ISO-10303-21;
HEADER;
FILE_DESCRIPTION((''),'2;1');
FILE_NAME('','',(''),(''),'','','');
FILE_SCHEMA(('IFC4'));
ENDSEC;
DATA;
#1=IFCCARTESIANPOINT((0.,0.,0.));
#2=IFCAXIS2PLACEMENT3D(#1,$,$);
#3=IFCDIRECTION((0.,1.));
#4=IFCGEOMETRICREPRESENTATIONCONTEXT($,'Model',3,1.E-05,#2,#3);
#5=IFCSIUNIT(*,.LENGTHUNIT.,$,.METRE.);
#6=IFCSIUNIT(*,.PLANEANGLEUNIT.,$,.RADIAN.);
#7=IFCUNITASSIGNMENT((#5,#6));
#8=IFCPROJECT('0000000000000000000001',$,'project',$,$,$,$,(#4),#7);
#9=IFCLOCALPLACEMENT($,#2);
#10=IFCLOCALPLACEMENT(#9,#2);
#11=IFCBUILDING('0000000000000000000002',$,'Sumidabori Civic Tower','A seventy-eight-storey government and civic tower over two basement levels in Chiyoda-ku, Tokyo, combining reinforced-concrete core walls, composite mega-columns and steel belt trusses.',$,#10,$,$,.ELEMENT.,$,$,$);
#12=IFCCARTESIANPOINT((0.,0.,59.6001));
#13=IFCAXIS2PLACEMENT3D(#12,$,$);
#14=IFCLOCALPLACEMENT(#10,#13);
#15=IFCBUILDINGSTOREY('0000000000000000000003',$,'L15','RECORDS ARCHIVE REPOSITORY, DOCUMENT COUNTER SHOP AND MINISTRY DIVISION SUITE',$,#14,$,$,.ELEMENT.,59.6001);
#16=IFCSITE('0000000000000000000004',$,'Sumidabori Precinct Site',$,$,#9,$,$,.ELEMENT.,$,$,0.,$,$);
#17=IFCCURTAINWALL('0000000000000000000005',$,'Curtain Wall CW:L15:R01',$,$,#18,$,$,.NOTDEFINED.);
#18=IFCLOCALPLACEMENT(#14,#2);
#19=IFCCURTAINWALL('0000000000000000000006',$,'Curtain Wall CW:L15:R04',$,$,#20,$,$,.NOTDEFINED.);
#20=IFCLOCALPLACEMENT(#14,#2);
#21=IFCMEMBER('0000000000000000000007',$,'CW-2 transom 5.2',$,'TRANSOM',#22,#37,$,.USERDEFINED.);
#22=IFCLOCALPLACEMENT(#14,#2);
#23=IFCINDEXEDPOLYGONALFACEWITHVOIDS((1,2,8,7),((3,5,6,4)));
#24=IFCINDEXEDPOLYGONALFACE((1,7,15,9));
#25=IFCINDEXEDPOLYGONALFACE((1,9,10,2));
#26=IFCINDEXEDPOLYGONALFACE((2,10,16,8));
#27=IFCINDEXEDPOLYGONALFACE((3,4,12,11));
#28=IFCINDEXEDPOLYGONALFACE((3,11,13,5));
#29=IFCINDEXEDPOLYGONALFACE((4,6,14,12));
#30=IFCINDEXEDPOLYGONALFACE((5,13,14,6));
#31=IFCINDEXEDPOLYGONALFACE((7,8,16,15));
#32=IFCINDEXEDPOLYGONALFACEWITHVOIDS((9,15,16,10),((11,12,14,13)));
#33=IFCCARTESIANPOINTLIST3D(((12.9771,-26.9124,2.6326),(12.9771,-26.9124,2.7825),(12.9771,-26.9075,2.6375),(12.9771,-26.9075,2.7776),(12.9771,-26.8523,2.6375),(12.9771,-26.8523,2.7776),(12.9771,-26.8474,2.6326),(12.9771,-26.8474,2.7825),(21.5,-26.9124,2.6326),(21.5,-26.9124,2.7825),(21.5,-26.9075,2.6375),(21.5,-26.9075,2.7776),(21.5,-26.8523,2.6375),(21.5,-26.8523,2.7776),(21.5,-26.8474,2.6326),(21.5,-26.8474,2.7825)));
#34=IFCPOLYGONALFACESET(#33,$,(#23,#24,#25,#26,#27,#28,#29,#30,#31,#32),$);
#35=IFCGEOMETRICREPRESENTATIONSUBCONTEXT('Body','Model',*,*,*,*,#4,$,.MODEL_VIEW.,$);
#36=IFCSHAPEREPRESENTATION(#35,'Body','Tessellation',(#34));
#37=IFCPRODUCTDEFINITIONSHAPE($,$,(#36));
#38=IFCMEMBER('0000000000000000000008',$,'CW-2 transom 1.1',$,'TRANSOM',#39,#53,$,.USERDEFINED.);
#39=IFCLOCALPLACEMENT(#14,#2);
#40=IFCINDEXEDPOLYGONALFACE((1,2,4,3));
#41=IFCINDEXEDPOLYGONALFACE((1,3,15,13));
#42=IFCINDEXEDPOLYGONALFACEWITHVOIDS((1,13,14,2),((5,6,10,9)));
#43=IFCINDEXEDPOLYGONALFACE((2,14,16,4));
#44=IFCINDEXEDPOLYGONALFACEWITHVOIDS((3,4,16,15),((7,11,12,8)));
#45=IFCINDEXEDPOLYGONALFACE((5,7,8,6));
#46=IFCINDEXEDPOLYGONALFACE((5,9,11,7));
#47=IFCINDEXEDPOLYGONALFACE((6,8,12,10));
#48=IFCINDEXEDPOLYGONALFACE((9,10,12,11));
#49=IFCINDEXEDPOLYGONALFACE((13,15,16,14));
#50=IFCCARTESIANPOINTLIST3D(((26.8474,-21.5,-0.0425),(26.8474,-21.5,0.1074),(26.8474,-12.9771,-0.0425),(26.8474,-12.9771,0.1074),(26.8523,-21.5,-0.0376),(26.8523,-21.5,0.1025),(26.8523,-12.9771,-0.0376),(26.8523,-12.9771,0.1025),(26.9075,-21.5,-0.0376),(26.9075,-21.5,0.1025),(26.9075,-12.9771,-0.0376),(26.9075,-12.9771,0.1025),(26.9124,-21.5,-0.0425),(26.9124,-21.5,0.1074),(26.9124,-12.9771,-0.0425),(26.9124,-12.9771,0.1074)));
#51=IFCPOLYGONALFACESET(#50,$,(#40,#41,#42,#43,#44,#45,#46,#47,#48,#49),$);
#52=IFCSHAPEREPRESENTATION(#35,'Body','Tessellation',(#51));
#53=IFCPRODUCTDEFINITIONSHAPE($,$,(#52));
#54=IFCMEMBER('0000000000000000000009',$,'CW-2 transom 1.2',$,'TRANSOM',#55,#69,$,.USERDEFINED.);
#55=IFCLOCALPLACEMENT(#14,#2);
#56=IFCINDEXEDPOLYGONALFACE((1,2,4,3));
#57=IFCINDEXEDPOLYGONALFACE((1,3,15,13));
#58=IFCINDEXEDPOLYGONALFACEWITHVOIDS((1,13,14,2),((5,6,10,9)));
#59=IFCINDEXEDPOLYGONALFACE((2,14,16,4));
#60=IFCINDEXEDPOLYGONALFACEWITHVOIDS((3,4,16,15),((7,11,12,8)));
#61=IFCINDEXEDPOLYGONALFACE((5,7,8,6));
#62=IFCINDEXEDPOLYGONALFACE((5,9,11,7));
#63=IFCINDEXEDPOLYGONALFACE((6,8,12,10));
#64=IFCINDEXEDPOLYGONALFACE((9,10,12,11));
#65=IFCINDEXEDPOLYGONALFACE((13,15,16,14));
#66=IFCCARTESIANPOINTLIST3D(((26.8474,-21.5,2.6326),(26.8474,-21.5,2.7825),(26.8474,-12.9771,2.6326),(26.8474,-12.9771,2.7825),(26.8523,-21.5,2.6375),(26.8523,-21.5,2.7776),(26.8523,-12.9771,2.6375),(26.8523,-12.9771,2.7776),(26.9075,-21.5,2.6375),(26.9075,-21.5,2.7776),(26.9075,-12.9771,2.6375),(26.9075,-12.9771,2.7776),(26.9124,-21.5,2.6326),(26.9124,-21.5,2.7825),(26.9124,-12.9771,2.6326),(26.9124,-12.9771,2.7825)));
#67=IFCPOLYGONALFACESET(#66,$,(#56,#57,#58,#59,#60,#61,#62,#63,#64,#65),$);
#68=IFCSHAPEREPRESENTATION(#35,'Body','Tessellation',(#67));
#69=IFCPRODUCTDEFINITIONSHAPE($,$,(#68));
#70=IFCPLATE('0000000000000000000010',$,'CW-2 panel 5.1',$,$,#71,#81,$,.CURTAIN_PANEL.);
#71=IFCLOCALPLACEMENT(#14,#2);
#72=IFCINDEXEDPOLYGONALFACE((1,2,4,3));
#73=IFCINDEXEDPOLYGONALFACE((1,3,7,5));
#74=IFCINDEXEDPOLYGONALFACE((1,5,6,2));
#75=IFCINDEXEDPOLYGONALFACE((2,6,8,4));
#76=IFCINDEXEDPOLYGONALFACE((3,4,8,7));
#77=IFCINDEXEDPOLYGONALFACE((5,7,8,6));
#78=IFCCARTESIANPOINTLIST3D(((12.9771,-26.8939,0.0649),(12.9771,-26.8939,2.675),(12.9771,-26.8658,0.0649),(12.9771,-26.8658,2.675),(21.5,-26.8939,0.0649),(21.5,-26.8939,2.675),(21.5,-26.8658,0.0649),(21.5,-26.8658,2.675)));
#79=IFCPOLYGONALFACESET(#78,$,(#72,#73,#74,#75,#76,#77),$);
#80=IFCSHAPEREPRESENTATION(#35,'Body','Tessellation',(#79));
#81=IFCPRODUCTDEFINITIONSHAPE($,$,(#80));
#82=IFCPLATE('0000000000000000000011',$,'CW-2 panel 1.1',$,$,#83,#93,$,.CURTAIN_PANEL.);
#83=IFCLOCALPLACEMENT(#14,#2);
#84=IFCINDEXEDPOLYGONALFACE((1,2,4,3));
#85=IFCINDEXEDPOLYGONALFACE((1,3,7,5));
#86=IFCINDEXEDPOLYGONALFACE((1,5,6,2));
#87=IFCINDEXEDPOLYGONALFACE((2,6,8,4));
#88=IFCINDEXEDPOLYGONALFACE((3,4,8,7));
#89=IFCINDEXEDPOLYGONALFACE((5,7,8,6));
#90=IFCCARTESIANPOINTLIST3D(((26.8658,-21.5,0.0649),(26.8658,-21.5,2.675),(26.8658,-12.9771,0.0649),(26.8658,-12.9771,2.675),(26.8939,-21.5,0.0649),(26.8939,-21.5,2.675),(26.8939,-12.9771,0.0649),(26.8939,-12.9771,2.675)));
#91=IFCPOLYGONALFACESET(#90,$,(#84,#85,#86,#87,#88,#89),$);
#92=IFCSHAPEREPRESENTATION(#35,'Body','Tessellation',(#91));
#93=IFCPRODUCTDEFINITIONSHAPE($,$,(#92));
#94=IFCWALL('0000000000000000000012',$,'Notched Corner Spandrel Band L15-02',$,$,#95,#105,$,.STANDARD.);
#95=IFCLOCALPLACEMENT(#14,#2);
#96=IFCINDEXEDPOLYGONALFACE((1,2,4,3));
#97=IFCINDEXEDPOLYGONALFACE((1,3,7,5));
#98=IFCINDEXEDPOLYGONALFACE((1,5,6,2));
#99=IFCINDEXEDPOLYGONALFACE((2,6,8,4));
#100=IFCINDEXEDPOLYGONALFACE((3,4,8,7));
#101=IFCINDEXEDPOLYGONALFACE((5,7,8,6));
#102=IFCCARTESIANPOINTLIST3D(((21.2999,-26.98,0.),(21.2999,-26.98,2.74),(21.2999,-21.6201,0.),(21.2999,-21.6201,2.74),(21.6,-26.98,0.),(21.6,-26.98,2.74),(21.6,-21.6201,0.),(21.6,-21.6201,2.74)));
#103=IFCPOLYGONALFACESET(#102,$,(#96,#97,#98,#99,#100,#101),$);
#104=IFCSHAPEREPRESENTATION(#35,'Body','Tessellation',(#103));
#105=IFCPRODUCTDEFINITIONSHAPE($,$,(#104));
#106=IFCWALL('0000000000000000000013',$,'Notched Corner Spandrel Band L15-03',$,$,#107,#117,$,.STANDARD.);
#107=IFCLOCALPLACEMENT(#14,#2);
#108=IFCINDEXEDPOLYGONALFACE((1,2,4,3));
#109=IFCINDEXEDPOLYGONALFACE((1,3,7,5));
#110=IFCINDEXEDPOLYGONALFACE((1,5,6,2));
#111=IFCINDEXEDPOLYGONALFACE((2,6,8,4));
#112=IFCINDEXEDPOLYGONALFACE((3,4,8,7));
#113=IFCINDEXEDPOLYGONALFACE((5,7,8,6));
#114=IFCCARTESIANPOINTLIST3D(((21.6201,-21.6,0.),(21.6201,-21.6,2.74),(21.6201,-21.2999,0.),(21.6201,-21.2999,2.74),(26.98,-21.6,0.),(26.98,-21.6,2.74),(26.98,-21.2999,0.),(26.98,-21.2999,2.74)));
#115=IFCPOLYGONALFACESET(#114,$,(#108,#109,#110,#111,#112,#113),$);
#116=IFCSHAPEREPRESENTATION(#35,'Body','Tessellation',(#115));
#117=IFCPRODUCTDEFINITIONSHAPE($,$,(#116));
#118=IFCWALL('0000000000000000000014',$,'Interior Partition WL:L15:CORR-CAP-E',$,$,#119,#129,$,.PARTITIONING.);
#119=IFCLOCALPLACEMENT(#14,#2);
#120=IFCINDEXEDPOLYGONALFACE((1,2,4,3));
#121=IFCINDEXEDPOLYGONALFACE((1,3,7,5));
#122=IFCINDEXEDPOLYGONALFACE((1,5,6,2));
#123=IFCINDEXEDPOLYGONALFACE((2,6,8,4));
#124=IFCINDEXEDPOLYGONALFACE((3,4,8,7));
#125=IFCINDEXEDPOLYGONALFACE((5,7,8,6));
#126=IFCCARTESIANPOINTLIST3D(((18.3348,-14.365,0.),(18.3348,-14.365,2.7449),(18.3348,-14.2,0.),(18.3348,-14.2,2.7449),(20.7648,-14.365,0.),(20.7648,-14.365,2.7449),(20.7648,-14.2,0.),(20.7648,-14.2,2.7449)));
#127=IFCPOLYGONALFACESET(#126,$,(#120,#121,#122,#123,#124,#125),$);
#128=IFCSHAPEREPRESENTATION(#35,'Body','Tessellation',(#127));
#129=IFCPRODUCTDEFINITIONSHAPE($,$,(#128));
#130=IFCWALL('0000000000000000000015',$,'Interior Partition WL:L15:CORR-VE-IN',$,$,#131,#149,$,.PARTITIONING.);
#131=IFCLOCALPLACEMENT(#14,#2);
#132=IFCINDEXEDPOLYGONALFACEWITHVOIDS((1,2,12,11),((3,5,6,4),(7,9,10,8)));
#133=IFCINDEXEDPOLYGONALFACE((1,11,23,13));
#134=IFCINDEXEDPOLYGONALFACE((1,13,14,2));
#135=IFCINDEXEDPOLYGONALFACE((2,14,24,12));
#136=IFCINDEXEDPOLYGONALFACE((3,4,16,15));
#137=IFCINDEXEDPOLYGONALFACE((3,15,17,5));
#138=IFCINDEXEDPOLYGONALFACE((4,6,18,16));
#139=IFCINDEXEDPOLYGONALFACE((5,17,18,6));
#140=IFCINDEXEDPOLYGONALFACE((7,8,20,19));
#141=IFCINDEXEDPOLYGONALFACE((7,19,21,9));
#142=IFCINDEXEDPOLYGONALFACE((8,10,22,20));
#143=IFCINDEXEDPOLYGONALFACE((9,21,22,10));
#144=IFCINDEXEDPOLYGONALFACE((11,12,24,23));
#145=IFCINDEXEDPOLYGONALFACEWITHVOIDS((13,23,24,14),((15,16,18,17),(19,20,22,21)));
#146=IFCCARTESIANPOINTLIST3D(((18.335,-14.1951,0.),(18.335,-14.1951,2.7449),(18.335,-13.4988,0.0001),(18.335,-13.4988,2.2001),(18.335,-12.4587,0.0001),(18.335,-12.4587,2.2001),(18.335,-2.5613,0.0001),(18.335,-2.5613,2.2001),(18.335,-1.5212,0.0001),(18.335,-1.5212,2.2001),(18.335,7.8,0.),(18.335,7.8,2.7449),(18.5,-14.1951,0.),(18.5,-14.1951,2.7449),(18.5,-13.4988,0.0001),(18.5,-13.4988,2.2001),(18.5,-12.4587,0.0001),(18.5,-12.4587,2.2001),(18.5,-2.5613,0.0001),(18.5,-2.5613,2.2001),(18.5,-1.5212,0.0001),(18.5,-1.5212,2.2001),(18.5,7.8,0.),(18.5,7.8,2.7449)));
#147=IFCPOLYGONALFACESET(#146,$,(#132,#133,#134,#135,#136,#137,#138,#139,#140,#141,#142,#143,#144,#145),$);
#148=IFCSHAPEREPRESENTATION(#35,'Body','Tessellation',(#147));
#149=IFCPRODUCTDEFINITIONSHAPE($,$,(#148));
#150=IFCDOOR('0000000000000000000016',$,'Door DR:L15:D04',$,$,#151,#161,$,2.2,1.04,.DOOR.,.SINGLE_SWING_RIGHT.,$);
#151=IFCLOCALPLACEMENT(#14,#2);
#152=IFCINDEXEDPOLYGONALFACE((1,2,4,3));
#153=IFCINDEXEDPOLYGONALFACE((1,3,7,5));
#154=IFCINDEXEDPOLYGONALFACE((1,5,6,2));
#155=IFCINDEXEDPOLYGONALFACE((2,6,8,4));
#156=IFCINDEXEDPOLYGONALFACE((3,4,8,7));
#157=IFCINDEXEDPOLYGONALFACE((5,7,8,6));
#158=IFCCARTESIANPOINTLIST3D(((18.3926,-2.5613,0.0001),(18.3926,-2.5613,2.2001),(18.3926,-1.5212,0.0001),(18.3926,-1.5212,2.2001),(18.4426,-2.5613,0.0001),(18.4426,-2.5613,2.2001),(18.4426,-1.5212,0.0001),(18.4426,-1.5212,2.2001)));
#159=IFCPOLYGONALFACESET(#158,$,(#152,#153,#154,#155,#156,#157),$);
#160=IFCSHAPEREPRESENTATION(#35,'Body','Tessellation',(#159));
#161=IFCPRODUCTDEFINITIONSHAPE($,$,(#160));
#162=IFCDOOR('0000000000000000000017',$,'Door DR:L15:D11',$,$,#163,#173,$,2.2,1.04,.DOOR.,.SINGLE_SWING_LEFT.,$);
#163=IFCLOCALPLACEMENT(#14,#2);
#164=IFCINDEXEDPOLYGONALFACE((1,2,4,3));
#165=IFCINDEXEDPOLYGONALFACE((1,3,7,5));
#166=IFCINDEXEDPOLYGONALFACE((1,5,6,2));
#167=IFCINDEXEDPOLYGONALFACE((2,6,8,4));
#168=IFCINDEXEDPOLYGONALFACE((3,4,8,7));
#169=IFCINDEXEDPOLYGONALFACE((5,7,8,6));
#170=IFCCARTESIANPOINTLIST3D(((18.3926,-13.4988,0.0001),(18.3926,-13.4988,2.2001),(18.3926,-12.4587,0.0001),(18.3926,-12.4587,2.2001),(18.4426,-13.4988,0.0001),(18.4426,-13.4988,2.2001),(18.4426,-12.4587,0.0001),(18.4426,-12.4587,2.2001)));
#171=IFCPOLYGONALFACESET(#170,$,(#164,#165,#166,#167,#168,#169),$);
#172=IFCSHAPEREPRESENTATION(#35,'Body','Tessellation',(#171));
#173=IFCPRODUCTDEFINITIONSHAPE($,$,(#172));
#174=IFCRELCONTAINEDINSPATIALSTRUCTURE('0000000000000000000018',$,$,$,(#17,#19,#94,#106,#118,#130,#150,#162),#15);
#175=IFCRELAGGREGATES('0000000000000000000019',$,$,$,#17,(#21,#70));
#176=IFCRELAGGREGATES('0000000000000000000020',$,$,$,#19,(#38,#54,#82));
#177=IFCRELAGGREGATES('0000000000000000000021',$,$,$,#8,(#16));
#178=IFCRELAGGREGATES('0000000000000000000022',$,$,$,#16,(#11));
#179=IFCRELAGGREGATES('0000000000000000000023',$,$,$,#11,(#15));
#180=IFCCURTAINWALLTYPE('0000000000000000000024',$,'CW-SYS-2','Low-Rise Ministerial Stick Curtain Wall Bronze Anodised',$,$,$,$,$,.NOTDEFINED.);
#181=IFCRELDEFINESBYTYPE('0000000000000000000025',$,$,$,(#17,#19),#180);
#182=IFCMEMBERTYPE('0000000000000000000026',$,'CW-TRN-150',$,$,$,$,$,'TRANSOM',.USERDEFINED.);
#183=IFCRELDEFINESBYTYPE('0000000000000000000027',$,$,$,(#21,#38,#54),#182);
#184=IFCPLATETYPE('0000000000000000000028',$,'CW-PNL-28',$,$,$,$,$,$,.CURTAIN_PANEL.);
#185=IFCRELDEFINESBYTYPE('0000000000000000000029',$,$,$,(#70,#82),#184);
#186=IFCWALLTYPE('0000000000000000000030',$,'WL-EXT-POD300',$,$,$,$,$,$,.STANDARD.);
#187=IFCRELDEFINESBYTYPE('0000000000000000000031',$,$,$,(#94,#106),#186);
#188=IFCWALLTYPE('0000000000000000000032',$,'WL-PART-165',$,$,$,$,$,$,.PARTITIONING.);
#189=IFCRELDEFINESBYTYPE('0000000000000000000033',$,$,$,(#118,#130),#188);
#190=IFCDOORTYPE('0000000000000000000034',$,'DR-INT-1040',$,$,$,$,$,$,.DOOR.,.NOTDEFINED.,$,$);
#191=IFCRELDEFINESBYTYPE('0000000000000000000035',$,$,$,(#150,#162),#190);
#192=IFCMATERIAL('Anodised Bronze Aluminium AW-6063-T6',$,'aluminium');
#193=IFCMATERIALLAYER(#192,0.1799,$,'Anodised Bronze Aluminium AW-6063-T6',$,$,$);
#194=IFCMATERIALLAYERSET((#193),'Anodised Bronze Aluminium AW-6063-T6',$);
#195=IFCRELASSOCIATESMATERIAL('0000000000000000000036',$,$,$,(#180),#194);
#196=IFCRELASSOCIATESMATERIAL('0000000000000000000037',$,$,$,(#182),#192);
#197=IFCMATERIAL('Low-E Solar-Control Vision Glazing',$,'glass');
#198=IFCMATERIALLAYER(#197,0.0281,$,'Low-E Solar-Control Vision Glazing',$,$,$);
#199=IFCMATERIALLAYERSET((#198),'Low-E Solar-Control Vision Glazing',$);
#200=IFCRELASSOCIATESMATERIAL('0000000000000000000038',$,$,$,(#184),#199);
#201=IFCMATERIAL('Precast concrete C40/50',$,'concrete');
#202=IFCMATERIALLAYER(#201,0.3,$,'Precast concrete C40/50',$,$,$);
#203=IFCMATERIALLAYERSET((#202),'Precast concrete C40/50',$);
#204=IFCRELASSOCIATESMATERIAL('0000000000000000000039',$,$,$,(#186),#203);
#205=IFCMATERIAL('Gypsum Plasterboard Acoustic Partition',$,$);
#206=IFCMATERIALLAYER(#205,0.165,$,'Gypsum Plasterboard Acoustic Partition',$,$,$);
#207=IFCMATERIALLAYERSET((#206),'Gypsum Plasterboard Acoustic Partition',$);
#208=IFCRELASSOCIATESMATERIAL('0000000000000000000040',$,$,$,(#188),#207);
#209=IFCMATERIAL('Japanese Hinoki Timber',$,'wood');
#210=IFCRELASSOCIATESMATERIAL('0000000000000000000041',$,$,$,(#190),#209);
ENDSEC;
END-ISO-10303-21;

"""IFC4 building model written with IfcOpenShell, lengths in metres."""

from ifc_helpers import new_model, si_unit, direction, frame, frame_2d, origin, origin_2d, place, context, subcontext, project, spatial, rectangle, hollow_rectangle, extrude, source, transform, mapped, material, layer, layer_set, material_profile, profile_set, type_object, element, fill, aggregate, save


model = new_model("IFC4")

# Units and contexts
model_context = context("Model", 3, precision=1e-05, world=origin(), true_north=direction((0.0, 1.0)))
body_context = subcontext(model_context, "Body", "Model", "MODEL_VIEW")
ifc_project = project(units=[si_unit("LENGTHUNIT", "METRE"), si_unit("PLANEANGLEUNIT", "RADIAN")], contexts=[model_context])

# Site, building, storey
site_placement = place(None, origin())
site = spatial("IfcSite", under=ifc_project, at=site_placement, Name="Sumidabori Precinct Site", CompositionType="ELEMENT", RefElevation=0.0)
building_placement = place(site_placement, origin())
building = spatial("IfcBuilding", under=site, at=building_placement, Name="Sumidabori Civic Tower", Description="A seventy-eight-storey government and civic tower over two basement levels in Chiyoda-ku, Tokyo, combining reinforced-concrete core walls, composite mega-columns and steel belt trusses.", CompositionType="ELEMENT")
storey_placement = place(building_placement, frame((0.0, 0.0, 59.6001)))
storey = spatial("IfcBuildingStorey", under=building, at=storey_placement, Name="L15", Description="RECORDS ARCHIVE REPOSITORY, DOCUMENT COUNTER SHOP AND MINISTRY DIVISION SUITE", CompositionType="ELEMENT", Elevation=59.6001)

# Curtain walls
ifc_material_1 = material(Name="Anodised Bronze Aluminium AW-6063-T6", Category="aluminium")
ifc_layer_1 = layer(ifc_material_1, 0.1799, Name="Anodised Bronze Aluminium AW-6063-T6")
ifc_layer_set_1 = layer_set([ifc_layer_1], Name="Anodised Bronze Aluminium AW-6063-T6")
curtain_wall_type = type_object("IfcCurtainWallType", Name="CW-SYS-2", Description="Low-Rise Ministerial Stick Curtain Wall Bronze Anodised", PredefinedType="NOTDEFINED", material=ifc_layer_set_1)
curtain_wall_1_placement = place(storey_placement, origin())
curtain_wall_1 = element("IfcCurtainWall", 1, at=curtain_wall_1_placement, inside=storey, type_object=curtain_wall_type, Name="Curtain Wall CW:L15:R01", PredefinedType="NOTDEFINED")
curtain_wall_2_placement = place(storey_placement, origin())
curtain_wall_2 = element("IfcCurtainWall", 2, at=curtain_wall_2_placement, inside=storey, type_object=curtain_wall_type, Name="Curtain Wall CW:L15:R04", PredefinedType="NOTDEFINED")

# Members
ifc_material_profile_1 = material_profile(ifc_material_1, hollow_rectangle(XDim=0.0649, YDim=0.1499, WallThickness=0.0049, at=origin_2d()), Name="ALU TRANSOM 150x65")
ifc_profile_set_1 = profile_set([ifc_material_profile_1], Name="Anodised Bronze Aluminium AW-6063-T6")
member_type_1 = type_object("IfcMemberType", Name="CW-TRN-150", ElementType="TRANSOM", PredefinedType="USERDEFINED", material=ifc_profile_set_1)
shared_shape_1 = source(origin(), body_context, "Body", "SweptSolid", [
    extrude(hollow_rectangle(XDim=0.0649, YDim=0.1499, WallThickness=0.0049, at=origin_2d()), origin(), (0.0, 0.0, 1.0), 8.5229),
])
member_1_placement = place(storey_placement, frame((12.9771, -26.8799, 2.7075), z_axis=(1.0, 0.0, 0.0), x_axis=(0.0, 1.0, 0.0)))
member_1 = element("IfcMember", 3, at=member_1_placement, type_object=member_type_1, Name="CW-2 transom 5.2", ObjectType="TRANSOM", PredefinedType="USERDEFINED", context=body_context, shape_type="MappedRepresentation", body=[
    mapped(shared_shape_1, transform((0.0, 0.0, 0.0), x_axis=(1.0, 0.0, 0.0), y_axis=(0.0, 1.0, 0.0), z_axis=(0.0, 0.0, 1.0), scale=1.0)),
])
member_2_placement = place(storey_placement, frame((26.8799, -21.5, 0.0325), z_axis=(0.0, 1.0, 0.0), x_axis=(-1.0, 0.0, 0.0)))
member_2 = element("IfcMember", 4, at=member_2_placement, type_object=member_type_1, Name="CW-2 transom 1.1", ObjectType="TRANSOM", PredefinedType="USERDEFINED", context=body_context, shape_type="MappedRepresentation", body=[
    mapped(shared_shape_1, transform((0.0, 0.0, 0.0), x_axis=(1.0, 0.0, 0.0), y_axis=(0.0, 1.0, 0.0), z_axis=(0.0, 0.0, 1.0), scale=1.0)),
])
member_3_placement = place(storey_placement, frame((26.8799, -21.5, 2.7075), z_axis=(0.0, 1.0, 0.0), x_axis=(-1.0, 0.0, 0.0)))
member_3 = element("IfcMember", 5, at=member_3_placement, type_object=member_type_1, Name="CW-2 transom 1.2", ObjectType="TRANSOM", PredefinedType="USERDEFINED", context=body_context, shape_type="MappedRepresentation", body=[
    mapped(shared_shape_1, transform((0.0, 0.0, 0.0), x_axis=(1.0, 0.0, 0.0), y_axis=(0.0, 1.0, 0.0), z_axis=(0.0, 0.0, 1.0), scale=1.0)),
])

# Plates
ifc_material_2 = material(Name="Low-E Solar-Control Vision Glazing", Category="glass")
ifc_layer_2 = layer(ifc_material_2, 0.0281, Name="Low-E Solar-Control Vision Glazing")
ifc_layer_set_2 = layer_set([ifc_layer_2], Name="Low-E Solar-Control Vision Glazing")
plate_type = type_object("IfcPlateType", Name="CW-PNL-28", PredefinedType="CURTAIN_PANEL", material=ifc_layer_set_2)
shared_shape_2 = source(origin(), body_context, "Body", "SweptSolid", [
    extrude(rectangle(XDim=8.5229, YDim=0.0281, at=origin_2d()), origin(), (0.0, 0.0, 1.0), 2.6101),
])
plate_1_placement = place(storey_placement, frame((17.2385, -26.8799, 0.0649), z_axis=(0.0, 0.0, 1.0), x_axis=(1.0, 0.0, 0.0)))
plate_1 = element("IfcPlate", 6, at=plate_1_placement, type_object=plate_type, Name="CW-2 panel 5.1", PredefinedType="CURTAIN_PANEL", context=body_context, shape_type="MappedRepresentation", body=[
    mapped(shared_shape_2, transform((0.0, 0.0, 0.0), x_axis=(1.0, 0.0, 0.0), y_axis=(0.0, 1.0, 0.0), z_axis=(0.0, 0.0, 1.0), scale=1.0)),
])
aggregate(curtain_wall_1, [member_1, plate_1])
plate_2_placement = place(storey_placement, frame((26.8799, -17.2385, 0.0649), z_axis=(0.0, 0.0, 1.0), x_axis=(0.0, 1.0, 0.0)))
plate_2 = element("IfcPlate", 7, at=plate_2_placement, type_object=plate_type, Name="CW-2 panel 1.1", PredefinedType="CURTAIN_PANEL", context=body_context, shape_type="MappedRepresentation", body=[
    mapped(shared_shape_2, transform((0.0, 0.0, 0.0), x_axis=(1.0, 0.0, 0.0), y_axis=(0.0, 1.0, 0.0), z_axis=(0.0, 0.0, 1.0), scale=1.0)),
])
aggregate(curtain_wall_2, [member_2, member_3, plate_2])

# Walls
ifc_material_3 = material(Name="Precast concrete C40/50", Category="concrete")
ifc_layer_3 = layer(ifc_material_3, 0.3, Name="Precast concrete C40/50")
ifc_layer_set_3 = layer_set([ifc_layer_3], Name="Precast concrete C40/50")
wall_type_1 = type_object("IfcWallType", Name="WL-EXT-POD300", PredefinedType="STANDARD", material=ifc_layer_set_3)
shared_shape_3 = source(origin(), body_context, "Body", "SweptSolid", [
    extrude(rectangle(XDim=5.3599, YDim=0.3, at=frame_2d((2.6799, 0.0))), origin(), (0.0, 0.0, 1.0), 2.74),
])
for number, where, z_axis, x_axis, name in (
    (8, (21.45, -26.98, 0.0), (0.0, 0.0, 1.0), (0.0, 1.0, 0.0), "Notched Corner Spandrel Band L15-02"),
    (9, (21.6201, -21.45, 0.0), (0.0, 0.0, 1.0), (1.0, 0.0, 0.0), "Notched Corner Spandrel Band L15-03"),
):
    element("IfcWall", number, at=place(storey_placement, frame(where, z_axis=z_axis, x_axis=x_axis)), inside=storey, type_object=wall_type_1, Name=name, PredefinedType="STANDARD", context=body_context, shape_type="MappedRepresentation", body=[
        mapped(shared_shape_3, transform((0.0, 0.0, 0.0), x_axis=(1.0, 0.0, 0.0), y_axis=(0.0, 1.0, 0.0), z_axis=(0.0, 0.0, 1.0), scale=1.0)),
    ])
ifc_material_4 = material(Name="Gypsum Plasterboard Acoustic Partition")
ifc_layer_4 = layer(ifc_material_4, 0.165, Name="Gypsum Plasterboard Acoustic Partition")
ifc_layer_set_4 = layer_set([ifc_layer_4], Name="Gypsum Plasterboard Acoustic Partition")
wall_type_2 = type_object("IfcWallType", Name="WL-PART-165", PredefinedType="PARTITIONING", material=ifc_layer_set_4)
shared_shape_4 = source(origin(), body_context, "Body", "SweptSolid", [
    extrude(rectangle(XDim=2.4299, YDim=0.165, at=frame_2d((1.2148, 0.0))), origin(), (0.0, 0.0, 1.0), 2.7449),
])
wall_1_placement = place(storey_placement, frame((18.335, -14.2825, 0.0), z_axis=(0.0, 0.0, 1.0), x_axis=(1.0, 0.0, 0.0)))
element("IfcWall", 10, at=wall_1_placement, inside=storey, type_object=wall_type_2, Name="Interior Partition WL:L15:CORR-CAP-E", PredefinedType="PARTITIONING", context=body_context, shape_type="MappedRepresentation", body=[
    mapped(shared_shape_4, transform((0.0, 0.0, 0.0), x_axis=(1.0, 0.0, 0.0), y_axis=(0.0, 1.0, 0.0), z_axis=(0.0, 0.0, 1.0), scale=1.0)),
])

# Wall, openings, doors
shared_shape_5 = source(origin(), body_context, "Body", "SweptSolid", [
    extrude(rectangle(XDim=21.9951, YDim=0.165, at=frame_2d((10.9976, 0.0))), origin(), (0.0, 0.0, 1.0), 2.7449),
])
wall_2_placement = place(storey_placement, frame((18.4175, -14.1951, 0.0), z_axis=(0.0, 0.0, 1.0), x_axis=(0.0, 1.0, 0.0)))
wall_2 = element("IfcWall", 11, at=wall_2_placement, inside=storey, type_object=wall_type_2, Name="Interior Partition WL:L15:CORR-VE-IN", PredefinedType="PARTITIONING", context=body_context, shape_type="MappedRepresentation", body=[
    mapped(shared_shape_5, transform((0.0, 0.0, 0.0), x_axis=(1.0, 0.0, 0.0), y_axis=(0.0, 1.0, 0.0), z_axis=(0.0, 0.0, 1.0), scale=1.0)),
])
opening_1_placement = place(wall_2_placement, frame((11.6338, 0.0, 0.0)))
opening_1 = element("IfcOpeningElement", 12, at=opening_1_placement, cuts=wall_2, PredefinedType="OPENING", context=body_context, shape_type="SweptSolid", body=[
    extrude(rectangle(XDim=1.04, YDim=2.2, at=frame_2d((0.52, 1.1001))), frame((0.0, 0.0945, 0.0), z_axis=(0.0, -1.0, 0.0), x_axis=(1.0, 0.0, 0.0)), (0.0, 0.0, 1.0), 0.189),
])
opening_2_placement = place(wall_2_placement, frame((0.6963, 0.0, 0.0)))
opening_2 = element("IfcOpeningElement", 13, at=opening_2_placement, cuts=wall_2, PredefinedType="OPENING", context=body_context, shape_type="SweptSolid", body=[
    extrude(rectangle(XDim=1.04, YDim=2.2, at=frame_2d((0.52, 1.1001))), frame((0.0, 0.0945, 0.0), z_axis=(0.0, -1.0, 0.0), x_axis=(1.0, 0.0, 0.0)), (0.0, 0.0, 1.0), 0.189),
])
ifc_material_5 = material(Name="Japanese Hinoki Timber", Category="wood")
door_type = type_object("IfcDoorType", Name="DR-INT-1040", OperationType="NOTDEFINED", PredefinedType="DOOR", material=ifc_material_5)
shared_shape_6 = source(origin(), body_context, "Body", "SweptSolid", [
    extrude(rectangle(XDim=1.04, YDim=2.2, at=frame_2d((0.52, 1.1001))), frame((0.0, 0.0249, 0.0), z_axis=(0.0, -1.0, 0.0), x_axis=(1.0, 0.0, 0.0)), (0.0, 0.0, 1.0), 0.05),
])
door_1_placement = place(opening_1_placement, origin())
door_1 = element("IfcDoor", 14, at=door_1_placement, inside=storey, type_object=door_type, Name="Door DR:L15:D04", OperationType="SINGLE_SWING_RIGHT", OverallHeight=2.2, OverallWidth=1.04, PredefinedType="DOOR", context=body_context, shape_type="MappedRepresentation", body=[
    mapped(shared_shape_6, transform((0.0, 0.0, 0.0), x_axis=(1.0, 0.0, 0.0), y_axis=(0.0, 1.0, 0.0), z_axis=(0.0, 0.0, 1.0), scale=1.0)),
])
fill(opening_1, door_1)
door_2_placement = place(opening_2_placement, origin())
door_2 = element("IfcDoor", 15, at=door_2_placement, inside=storey, type_object=door_type, Name="Door DR:L15:D11", OperationType="SINGLE_SWING_LEFT", OverallHeight=2.2, OverallWidth=1.04, PredefinedType="DOOR", context=body_context, shape_type="MappedRepresentation", body=[
    mapped(shared_shape_6, transform((0.0, 0.0, 0.0), x_axis=(1.0, 0.0, 0.0), y_axis=(0.0, 1.0, 0.0), z_axis=(0.0, 0.0, 1.0), scale=1.0)),
])
fill(opening_2, door_2)

save(model, "model.ifc")
